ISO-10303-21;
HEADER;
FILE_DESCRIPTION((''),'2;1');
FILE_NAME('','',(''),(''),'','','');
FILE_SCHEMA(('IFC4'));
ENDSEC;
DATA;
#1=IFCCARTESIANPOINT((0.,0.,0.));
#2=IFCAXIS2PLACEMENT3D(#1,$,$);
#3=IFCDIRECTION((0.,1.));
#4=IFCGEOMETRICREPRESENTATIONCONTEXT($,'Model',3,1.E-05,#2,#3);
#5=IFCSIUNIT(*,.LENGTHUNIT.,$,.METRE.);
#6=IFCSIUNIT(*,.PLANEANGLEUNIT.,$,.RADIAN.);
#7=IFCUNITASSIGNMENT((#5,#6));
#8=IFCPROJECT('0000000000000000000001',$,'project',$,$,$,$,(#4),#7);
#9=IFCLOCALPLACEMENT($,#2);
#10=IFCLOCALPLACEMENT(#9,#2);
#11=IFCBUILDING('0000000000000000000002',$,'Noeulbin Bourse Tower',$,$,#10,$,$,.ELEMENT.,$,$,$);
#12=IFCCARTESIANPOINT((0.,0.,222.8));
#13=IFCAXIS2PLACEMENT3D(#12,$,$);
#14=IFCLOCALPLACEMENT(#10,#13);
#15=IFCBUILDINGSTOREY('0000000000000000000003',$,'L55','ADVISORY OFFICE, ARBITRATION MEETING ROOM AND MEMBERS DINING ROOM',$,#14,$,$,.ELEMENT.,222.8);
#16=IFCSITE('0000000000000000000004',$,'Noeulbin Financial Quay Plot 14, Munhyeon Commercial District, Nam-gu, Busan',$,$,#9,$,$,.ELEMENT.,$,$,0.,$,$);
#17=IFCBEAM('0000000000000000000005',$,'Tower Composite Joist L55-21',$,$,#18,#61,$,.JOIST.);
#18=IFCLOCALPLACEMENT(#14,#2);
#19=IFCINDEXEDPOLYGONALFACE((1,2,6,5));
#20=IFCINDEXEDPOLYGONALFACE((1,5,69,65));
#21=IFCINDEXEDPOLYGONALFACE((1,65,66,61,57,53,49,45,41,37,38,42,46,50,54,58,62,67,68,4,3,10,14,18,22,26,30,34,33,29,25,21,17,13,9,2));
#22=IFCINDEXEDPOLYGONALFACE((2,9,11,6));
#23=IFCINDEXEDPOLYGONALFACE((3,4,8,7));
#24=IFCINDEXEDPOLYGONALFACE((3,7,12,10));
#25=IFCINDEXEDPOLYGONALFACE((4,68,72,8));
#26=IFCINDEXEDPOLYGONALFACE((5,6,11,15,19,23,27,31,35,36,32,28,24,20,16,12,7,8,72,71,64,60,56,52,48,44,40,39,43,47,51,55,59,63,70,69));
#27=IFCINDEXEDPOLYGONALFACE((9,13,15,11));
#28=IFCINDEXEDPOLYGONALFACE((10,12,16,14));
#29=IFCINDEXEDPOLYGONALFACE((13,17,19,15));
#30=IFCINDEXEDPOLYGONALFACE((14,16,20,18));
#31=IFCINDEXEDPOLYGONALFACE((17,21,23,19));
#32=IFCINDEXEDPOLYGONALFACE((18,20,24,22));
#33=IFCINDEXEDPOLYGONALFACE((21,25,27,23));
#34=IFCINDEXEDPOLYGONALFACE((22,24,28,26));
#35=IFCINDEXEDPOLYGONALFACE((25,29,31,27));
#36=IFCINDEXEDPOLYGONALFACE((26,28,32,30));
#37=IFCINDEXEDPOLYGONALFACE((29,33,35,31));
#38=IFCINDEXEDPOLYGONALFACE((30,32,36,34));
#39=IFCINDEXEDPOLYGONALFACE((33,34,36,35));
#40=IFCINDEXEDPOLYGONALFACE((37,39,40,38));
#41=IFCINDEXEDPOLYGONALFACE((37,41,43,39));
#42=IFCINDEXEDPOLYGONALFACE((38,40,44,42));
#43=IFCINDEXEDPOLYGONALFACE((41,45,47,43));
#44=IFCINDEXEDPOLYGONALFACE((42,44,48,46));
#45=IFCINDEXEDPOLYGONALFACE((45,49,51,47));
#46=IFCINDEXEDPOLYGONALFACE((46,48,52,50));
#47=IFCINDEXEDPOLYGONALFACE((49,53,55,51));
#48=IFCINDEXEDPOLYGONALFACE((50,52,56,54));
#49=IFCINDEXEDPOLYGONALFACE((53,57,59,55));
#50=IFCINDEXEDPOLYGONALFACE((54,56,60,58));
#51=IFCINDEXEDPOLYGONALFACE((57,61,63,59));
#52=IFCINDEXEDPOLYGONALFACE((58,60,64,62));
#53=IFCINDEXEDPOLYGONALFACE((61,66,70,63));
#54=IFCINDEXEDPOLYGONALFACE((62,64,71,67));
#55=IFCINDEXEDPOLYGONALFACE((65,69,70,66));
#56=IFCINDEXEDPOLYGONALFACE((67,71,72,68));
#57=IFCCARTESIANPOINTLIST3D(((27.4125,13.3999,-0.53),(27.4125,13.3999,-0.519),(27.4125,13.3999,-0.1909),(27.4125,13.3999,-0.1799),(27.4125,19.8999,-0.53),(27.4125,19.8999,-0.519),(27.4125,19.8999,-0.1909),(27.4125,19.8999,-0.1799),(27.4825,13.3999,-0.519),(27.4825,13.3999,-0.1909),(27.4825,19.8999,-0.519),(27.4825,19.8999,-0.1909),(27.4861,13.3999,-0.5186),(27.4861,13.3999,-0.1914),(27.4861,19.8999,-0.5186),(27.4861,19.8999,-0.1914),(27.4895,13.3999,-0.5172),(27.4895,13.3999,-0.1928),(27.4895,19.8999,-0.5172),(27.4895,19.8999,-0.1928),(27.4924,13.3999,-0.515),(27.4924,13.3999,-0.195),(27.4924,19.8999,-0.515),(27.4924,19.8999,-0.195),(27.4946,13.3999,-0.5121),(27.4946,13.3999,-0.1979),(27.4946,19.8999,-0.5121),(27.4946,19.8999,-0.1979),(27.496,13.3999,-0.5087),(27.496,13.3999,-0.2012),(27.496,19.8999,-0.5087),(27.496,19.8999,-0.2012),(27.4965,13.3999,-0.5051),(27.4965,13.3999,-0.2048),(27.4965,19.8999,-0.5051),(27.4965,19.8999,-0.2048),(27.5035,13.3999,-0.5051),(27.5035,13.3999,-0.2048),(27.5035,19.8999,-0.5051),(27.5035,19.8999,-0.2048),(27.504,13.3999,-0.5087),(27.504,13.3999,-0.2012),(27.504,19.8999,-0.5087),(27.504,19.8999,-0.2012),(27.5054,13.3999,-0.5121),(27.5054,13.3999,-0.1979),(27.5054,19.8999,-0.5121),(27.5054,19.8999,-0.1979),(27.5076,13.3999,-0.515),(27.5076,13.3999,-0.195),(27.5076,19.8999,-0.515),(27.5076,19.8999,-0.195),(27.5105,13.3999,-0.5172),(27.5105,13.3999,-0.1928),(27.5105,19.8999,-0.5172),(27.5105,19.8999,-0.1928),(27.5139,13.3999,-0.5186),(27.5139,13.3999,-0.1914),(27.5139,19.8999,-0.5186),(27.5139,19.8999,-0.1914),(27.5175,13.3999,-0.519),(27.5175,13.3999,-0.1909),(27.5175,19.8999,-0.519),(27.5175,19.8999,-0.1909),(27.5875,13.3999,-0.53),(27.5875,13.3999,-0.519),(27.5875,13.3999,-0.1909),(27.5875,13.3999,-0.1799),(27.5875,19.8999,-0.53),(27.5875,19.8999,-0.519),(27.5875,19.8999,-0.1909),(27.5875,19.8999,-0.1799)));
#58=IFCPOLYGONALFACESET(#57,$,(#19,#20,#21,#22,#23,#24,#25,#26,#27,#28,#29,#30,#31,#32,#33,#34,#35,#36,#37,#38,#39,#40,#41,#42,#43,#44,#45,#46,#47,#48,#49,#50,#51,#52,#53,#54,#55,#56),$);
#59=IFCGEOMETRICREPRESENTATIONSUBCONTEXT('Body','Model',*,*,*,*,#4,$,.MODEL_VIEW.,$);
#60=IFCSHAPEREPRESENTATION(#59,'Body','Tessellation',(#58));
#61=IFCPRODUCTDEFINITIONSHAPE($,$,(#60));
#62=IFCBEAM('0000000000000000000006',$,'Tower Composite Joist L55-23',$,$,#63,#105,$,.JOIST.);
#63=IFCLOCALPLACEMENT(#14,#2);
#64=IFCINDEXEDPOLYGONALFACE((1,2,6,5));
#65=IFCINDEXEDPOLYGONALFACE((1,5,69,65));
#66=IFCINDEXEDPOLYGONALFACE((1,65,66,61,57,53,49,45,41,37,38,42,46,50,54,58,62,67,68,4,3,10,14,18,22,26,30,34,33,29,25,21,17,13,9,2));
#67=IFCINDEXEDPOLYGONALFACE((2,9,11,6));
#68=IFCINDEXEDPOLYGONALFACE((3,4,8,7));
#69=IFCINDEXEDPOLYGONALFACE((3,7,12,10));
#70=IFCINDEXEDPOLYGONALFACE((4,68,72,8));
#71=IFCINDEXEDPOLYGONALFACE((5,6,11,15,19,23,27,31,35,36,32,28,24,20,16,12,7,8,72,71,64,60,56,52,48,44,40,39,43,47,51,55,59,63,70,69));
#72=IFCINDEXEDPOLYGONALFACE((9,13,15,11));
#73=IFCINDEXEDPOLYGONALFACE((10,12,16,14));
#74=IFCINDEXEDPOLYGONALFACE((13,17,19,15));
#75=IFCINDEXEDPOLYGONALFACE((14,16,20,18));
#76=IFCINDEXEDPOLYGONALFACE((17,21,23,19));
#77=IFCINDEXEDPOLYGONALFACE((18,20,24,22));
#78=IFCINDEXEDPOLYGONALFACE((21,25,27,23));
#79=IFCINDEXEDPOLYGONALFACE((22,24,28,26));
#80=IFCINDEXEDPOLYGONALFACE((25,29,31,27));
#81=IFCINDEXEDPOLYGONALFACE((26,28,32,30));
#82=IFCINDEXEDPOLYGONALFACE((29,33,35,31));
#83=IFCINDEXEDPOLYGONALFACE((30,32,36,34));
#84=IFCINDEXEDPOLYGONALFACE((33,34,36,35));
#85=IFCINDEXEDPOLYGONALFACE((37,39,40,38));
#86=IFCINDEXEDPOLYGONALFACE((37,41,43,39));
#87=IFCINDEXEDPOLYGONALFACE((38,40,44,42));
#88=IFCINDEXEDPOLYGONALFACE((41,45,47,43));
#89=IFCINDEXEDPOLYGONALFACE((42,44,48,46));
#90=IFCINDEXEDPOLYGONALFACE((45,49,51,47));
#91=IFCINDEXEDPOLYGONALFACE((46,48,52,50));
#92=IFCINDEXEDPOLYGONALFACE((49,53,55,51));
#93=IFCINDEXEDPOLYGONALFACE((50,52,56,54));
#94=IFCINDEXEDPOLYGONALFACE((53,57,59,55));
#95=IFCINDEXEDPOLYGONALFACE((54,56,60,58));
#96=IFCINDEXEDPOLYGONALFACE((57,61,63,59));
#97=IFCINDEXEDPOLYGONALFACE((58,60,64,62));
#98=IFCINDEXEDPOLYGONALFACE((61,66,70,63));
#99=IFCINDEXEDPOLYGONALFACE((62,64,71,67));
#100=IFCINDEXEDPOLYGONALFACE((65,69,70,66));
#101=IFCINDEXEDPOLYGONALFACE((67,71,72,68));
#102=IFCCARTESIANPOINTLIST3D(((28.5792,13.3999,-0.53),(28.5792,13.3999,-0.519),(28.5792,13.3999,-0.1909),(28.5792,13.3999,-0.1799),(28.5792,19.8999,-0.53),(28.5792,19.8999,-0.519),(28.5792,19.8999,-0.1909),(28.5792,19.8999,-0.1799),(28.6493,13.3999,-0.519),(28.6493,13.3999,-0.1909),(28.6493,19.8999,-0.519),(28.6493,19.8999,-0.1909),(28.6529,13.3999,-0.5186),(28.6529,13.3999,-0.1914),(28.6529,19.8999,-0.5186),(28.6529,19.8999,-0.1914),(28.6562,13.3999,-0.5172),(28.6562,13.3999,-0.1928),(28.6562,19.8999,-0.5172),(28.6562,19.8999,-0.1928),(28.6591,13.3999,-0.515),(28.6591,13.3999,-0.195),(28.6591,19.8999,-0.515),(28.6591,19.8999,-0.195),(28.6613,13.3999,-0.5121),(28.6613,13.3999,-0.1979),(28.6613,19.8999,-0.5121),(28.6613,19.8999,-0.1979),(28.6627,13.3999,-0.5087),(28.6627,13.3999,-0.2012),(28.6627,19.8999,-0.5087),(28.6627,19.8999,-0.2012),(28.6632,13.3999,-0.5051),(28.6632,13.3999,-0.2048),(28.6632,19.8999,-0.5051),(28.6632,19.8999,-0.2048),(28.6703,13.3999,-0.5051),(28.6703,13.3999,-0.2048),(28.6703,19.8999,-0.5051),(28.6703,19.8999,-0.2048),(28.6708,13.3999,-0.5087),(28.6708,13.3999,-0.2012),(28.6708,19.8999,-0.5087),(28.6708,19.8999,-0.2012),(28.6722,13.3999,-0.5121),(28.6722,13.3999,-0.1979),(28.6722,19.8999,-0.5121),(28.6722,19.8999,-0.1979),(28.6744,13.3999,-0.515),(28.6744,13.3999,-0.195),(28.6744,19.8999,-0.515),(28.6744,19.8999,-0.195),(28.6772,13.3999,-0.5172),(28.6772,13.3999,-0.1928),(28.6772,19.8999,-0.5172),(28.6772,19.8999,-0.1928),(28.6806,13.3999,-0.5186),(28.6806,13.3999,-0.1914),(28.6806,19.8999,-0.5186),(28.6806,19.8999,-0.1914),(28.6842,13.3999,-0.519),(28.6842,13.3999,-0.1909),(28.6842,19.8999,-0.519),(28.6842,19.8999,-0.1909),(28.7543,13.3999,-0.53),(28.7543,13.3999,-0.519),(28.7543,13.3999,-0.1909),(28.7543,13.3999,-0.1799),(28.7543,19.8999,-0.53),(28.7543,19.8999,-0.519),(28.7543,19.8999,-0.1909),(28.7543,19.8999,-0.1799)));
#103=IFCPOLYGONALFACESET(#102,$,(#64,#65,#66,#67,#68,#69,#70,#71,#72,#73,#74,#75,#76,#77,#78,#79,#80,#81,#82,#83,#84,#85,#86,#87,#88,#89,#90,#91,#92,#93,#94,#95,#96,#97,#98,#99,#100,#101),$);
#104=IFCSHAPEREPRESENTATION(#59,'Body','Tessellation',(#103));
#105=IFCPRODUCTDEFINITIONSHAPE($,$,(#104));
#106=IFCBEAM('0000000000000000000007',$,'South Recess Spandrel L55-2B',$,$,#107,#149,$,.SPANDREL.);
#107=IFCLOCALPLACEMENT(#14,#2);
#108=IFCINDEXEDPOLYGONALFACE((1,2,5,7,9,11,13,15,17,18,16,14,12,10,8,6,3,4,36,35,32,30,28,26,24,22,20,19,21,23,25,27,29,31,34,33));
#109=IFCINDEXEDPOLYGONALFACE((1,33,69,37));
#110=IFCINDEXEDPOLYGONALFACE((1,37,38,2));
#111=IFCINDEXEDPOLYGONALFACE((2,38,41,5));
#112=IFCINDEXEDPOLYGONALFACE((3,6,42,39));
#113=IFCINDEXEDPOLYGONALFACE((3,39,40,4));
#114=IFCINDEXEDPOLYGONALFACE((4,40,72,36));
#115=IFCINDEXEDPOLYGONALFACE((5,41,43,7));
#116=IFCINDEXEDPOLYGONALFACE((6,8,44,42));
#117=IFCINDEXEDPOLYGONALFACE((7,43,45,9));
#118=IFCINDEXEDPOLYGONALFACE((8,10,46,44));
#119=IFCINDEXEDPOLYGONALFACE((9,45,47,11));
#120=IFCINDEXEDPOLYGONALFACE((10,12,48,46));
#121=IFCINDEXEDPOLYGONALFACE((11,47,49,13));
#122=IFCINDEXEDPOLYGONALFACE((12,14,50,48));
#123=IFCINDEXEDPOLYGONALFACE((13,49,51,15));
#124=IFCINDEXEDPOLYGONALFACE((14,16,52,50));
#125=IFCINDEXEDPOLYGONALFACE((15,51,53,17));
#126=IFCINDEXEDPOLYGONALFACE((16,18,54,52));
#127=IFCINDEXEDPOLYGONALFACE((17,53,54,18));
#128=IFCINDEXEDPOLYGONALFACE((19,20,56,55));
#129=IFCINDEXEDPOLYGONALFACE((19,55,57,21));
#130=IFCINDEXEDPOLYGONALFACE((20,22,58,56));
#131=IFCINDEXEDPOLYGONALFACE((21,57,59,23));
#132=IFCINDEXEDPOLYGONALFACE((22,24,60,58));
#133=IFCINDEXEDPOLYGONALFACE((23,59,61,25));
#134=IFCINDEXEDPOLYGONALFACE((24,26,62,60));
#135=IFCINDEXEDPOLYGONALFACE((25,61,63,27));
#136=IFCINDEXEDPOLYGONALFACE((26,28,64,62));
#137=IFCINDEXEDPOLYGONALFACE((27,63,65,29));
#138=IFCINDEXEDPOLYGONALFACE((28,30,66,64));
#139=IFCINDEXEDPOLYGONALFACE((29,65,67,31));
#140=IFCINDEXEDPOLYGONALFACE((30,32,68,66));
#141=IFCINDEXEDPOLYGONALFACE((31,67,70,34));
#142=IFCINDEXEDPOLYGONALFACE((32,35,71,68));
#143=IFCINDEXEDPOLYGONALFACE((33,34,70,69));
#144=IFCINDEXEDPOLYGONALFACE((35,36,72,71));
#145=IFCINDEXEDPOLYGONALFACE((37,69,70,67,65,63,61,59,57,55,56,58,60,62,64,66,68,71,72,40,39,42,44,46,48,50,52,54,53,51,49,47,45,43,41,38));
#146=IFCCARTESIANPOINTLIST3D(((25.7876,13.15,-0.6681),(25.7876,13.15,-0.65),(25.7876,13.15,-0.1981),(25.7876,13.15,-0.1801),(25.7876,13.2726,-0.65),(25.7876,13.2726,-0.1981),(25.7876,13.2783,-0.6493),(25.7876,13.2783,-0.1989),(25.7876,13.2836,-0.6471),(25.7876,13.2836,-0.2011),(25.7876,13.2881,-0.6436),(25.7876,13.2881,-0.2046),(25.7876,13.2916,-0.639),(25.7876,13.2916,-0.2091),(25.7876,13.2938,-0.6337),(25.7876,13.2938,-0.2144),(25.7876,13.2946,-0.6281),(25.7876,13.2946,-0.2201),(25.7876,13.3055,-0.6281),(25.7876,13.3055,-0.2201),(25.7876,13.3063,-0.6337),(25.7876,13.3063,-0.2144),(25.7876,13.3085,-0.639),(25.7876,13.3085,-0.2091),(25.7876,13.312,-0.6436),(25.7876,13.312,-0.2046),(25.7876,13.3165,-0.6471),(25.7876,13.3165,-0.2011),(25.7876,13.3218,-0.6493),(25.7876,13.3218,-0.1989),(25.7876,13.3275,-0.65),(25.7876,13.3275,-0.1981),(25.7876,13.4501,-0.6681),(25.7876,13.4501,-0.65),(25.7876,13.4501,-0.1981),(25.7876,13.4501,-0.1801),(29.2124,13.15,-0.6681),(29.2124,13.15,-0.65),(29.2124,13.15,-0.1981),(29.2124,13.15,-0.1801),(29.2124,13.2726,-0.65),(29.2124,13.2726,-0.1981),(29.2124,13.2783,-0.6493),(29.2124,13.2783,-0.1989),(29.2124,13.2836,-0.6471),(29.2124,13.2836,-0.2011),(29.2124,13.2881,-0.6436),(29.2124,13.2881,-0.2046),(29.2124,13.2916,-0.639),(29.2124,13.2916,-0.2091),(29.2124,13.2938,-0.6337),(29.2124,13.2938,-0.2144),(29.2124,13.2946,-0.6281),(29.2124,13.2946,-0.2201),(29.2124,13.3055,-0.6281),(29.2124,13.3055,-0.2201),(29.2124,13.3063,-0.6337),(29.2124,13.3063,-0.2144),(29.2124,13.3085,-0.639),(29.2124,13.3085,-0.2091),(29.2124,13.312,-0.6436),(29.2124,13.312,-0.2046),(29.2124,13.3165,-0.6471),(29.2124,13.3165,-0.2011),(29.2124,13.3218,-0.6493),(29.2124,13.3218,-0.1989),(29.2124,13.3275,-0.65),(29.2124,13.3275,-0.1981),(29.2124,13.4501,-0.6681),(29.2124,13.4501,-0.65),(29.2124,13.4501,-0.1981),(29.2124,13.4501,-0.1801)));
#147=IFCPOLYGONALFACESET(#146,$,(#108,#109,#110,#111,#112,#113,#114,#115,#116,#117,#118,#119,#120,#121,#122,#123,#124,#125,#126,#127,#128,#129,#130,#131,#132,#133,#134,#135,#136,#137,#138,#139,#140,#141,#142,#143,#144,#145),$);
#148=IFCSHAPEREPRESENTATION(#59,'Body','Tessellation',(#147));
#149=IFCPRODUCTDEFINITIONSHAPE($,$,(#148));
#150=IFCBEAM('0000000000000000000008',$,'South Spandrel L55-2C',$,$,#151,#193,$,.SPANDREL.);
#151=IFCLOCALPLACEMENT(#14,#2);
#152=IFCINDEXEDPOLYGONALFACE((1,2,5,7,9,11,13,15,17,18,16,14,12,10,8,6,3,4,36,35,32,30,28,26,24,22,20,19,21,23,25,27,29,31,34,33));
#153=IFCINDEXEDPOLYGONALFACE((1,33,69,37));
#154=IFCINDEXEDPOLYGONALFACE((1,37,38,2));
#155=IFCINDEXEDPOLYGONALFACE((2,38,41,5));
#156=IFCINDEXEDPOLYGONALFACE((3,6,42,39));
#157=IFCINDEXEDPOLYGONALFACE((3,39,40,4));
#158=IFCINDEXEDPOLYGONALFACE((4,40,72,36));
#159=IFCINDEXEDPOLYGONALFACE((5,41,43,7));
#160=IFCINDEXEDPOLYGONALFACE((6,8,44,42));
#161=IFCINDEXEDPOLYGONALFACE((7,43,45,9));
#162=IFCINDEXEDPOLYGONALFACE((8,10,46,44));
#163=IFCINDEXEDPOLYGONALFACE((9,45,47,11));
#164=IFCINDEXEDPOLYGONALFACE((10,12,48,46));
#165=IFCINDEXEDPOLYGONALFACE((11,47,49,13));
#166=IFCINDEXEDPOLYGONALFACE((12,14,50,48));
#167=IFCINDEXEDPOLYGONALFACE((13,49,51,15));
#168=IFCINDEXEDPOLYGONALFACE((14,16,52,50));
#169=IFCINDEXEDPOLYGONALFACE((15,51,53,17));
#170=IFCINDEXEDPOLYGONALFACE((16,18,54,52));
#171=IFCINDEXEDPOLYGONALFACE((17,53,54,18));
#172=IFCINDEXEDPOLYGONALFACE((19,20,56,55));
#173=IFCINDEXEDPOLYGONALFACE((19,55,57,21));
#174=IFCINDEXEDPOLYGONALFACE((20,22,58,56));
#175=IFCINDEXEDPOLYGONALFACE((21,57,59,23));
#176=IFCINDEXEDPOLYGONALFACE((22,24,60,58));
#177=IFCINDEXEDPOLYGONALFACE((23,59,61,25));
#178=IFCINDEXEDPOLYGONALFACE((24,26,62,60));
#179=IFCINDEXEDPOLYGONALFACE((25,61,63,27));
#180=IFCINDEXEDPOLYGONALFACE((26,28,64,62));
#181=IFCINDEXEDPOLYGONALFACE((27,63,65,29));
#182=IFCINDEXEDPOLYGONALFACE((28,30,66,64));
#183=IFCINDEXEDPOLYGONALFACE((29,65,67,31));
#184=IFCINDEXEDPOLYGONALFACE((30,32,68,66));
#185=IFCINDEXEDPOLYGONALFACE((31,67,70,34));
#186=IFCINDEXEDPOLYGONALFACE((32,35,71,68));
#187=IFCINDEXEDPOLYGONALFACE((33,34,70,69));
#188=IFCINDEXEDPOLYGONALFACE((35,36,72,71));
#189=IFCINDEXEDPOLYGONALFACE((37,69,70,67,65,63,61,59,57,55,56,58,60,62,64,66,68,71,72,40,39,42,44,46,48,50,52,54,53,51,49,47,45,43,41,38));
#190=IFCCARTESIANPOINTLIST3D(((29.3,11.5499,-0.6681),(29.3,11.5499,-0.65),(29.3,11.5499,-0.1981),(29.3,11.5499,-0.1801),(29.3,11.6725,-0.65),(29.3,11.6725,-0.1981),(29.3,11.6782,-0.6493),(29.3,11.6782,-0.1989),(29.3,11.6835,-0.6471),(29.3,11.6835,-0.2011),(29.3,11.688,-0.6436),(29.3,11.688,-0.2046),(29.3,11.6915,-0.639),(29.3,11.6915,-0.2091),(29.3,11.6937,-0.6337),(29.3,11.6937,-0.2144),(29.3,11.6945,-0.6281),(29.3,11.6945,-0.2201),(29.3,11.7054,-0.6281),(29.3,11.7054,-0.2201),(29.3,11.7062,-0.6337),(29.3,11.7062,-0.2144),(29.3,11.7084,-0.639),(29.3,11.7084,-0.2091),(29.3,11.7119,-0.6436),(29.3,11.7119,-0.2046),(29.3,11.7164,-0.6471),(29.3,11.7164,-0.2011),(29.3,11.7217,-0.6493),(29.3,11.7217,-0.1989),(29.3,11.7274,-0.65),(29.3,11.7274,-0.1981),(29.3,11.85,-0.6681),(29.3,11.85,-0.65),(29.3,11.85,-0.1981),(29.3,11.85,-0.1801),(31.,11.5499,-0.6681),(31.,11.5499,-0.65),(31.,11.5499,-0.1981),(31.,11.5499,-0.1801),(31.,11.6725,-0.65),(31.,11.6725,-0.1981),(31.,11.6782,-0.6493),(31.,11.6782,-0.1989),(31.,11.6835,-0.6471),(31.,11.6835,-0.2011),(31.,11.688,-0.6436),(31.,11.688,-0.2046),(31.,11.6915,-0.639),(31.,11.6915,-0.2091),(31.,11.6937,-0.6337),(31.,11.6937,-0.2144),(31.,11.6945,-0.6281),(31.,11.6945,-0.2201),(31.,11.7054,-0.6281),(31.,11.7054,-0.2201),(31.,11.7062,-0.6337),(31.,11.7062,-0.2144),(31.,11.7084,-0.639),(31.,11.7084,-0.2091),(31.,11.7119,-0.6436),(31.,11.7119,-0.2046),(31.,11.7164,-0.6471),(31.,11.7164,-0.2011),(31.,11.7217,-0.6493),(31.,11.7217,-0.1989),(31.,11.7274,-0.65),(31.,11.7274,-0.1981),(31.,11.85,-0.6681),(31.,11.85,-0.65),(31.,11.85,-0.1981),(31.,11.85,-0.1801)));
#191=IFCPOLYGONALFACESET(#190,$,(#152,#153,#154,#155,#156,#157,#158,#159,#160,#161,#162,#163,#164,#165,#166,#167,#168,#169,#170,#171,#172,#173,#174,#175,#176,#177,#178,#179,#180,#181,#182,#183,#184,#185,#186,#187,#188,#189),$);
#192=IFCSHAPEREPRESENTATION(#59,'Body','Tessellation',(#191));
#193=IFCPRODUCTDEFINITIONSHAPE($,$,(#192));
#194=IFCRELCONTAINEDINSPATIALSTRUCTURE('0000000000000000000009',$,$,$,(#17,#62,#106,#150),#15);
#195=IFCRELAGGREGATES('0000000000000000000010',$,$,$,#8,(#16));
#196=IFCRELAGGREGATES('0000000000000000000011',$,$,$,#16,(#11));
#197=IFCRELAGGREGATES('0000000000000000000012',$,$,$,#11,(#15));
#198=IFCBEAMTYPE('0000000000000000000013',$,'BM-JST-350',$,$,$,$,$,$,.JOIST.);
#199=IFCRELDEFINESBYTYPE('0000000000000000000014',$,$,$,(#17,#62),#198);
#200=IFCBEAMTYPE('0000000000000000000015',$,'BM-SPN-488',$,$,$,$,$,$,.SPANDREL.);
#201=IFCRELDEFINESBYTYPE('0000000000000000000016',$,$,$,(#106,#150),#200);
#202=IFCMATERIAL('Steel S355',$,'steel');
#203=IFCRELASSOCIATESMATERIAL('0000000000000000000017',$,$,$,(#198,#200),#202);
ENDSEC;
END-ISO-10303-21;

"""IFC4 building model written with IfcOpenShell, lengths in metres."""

from ifc_helpers import new_model, si_unit, direction, frame, origin, origin_2d, place, context, subcontext, project, spatial, i_section, extrude, material, material_profile, profile_set, type_object, element, save


model = new_model("IFC4")

# Units and contexts
model_context = context("Model", 3, precision=1e-05, world=origin(), true_north=direction((0.0, 1.0)))
body_context = subcontext(model_context, "Body", "Model", "MODEL_VIEW")
ifc_project = project(units=[si_unit("LENGTHUNIT", "METRE"), si_unit("PLANEANGLEUNIT", "RADIAN")], contexts=[model_context])

# Site, building, storey
site_placement = place(None, origin())
site = spatial("IfcSite", under=ifc_project, at=site_placement, Name="Noeulbin Financial Quay Plot 14, Munhyeon Commercial District, Nam-gu, Busan", CompositionType="ELEMENT", RefElevation=0.0)
building_placement = place(site_placement, origin())
building = spatial("IfcBuilding", under=site, at=building_placement, Name="Noeulbin Bourse Tower", CompositionType="ELEMENT")
storey_placement = place(building_placement, frame((0.0, 0.0, 222.8)))
storey = spatial("IfcBuildingStorey", under=building, at=storey_placement, Name="L55", Description="ADVISORY OFFICE, ARBITRATION MEETING ROOM AND MEMBERS DINING ROOM", CompositionType="ELEMENT", Elevation=222.8)

# Beams
ifc_material_1 = material(Name="Steel S355", Category="steel")
ifc_material_profile_1 = material_profile(ifc_material_1, i_section(OverallWidth=0.175, OverallDepth=0.3501, WebThickness=0.0071, FlangeThickness=0.011, FilletRadius=0.0139, at=origin_2d()), Name="H-350x175x7x11", Category="LoadBearing")
ifc_profile_set_1 = profile_set([ifc_material_profile_1], Name="Steel S355")
beam_type_1 = type_object("IfcBeamType", Name="BM-JST-350", PredefinedType="JOIST", material=ifc_profile_set_1)
for number, where, z_axis, x_axis, name in (
    (1, (27.5, 13.3999, -0.355), (0.0, 1.0, 0.0), (-1.0, 0.0, 0.0), "Tower Composite Joist L55-21"),
    (2, (28.6667, 13.3999, -0.355), (0.0, 1.0, 0.0), (-1.0, 0.0, 0.0), "Tower Composite Joist L55-23"),
):
    element("IfcBeam", number, at=place(storey_placement, frame(where, z_axis=z_axis, x_axis=x_axis)), inside=storey, type_object=beam_type_1, Name=name, PredefinedType="JOIST", context=body_context, shape_type="SweptSolid", body=[
        extrude(i_section(OverallWidth=0.175, OverallDepth=0.3501, WebThickness=0.0071, FlangeThickness=0.011, FilletRadius=0.0139, at=origin_2d()), origin(), (0.0, 0.0, 1.0), 6.5),
    ])
ifc_material_profile_2 = material_profile(ifc_material_1, i_section(OverallWidth=0.3, OverallDepth=0.488, WebThickness=0.011, FlangeThickness=0.0181, FilletRadius=0.022, at=origin_2d()), Name="H-488x300x11x18", Category="LoadBearing")
ifc_profile_set_2 = profile_set([ifc_material_profile_2], Name="Steel S355")
beam_type_2 = type_object("IfcBeamType", Name="BM-SPN-488", PredefinedType="SPANDREL", material=ifc_profile_set_2)
beam_1_placement = place(storey_placement, frame((25.7876, 13.3, -0.4241), z_axis=(1.0, 0.0, 0.0), x_axis=(0.0, 1.0, 0.0)))
element("IfcBeam", 3, at=beam_1_placement, inside=storey, type_object=beam_type_2, Name="South Recess Spandrel L55-2B", PredefinedType="SPANDREL", context=body_context, shape_type="SweptSolid", body=[
    extrude(i_section(OverallWidth=0.3, OverallDepth=0.488, WebThickness=0.011, FlangeThickness=0.0181, FilletRadius=0.022, at=origin_2d()), origin(), (0.0, 0.0, 1.0), 3.4248),
])
beam_2_placement = place(storey_placement, frame((29.3, 11.7, -0.4241), z_axis=(1.0, 0.0, 0.0), x_axis=(0.0, 1.0, 0.0)))
element("IfcBeam", 4, at=beam_2_placement, inside=storey, type_object=beam_type_2, Name="South Spandrel L55-2C", PredefinedType="SPANDREL", context=body_context, shape_type="SweptSolid", body=[
    extrude(i_section(OverallWidth=0.3, OverallDepth=0.488, WebThickness=0.011, FlangeThickness=0.0181, FilletRadius=0.022, at=origin_2d()), origin(), (0.0, 0.0, 1.0), 1.7),
])

save(model, "model.ifc")
